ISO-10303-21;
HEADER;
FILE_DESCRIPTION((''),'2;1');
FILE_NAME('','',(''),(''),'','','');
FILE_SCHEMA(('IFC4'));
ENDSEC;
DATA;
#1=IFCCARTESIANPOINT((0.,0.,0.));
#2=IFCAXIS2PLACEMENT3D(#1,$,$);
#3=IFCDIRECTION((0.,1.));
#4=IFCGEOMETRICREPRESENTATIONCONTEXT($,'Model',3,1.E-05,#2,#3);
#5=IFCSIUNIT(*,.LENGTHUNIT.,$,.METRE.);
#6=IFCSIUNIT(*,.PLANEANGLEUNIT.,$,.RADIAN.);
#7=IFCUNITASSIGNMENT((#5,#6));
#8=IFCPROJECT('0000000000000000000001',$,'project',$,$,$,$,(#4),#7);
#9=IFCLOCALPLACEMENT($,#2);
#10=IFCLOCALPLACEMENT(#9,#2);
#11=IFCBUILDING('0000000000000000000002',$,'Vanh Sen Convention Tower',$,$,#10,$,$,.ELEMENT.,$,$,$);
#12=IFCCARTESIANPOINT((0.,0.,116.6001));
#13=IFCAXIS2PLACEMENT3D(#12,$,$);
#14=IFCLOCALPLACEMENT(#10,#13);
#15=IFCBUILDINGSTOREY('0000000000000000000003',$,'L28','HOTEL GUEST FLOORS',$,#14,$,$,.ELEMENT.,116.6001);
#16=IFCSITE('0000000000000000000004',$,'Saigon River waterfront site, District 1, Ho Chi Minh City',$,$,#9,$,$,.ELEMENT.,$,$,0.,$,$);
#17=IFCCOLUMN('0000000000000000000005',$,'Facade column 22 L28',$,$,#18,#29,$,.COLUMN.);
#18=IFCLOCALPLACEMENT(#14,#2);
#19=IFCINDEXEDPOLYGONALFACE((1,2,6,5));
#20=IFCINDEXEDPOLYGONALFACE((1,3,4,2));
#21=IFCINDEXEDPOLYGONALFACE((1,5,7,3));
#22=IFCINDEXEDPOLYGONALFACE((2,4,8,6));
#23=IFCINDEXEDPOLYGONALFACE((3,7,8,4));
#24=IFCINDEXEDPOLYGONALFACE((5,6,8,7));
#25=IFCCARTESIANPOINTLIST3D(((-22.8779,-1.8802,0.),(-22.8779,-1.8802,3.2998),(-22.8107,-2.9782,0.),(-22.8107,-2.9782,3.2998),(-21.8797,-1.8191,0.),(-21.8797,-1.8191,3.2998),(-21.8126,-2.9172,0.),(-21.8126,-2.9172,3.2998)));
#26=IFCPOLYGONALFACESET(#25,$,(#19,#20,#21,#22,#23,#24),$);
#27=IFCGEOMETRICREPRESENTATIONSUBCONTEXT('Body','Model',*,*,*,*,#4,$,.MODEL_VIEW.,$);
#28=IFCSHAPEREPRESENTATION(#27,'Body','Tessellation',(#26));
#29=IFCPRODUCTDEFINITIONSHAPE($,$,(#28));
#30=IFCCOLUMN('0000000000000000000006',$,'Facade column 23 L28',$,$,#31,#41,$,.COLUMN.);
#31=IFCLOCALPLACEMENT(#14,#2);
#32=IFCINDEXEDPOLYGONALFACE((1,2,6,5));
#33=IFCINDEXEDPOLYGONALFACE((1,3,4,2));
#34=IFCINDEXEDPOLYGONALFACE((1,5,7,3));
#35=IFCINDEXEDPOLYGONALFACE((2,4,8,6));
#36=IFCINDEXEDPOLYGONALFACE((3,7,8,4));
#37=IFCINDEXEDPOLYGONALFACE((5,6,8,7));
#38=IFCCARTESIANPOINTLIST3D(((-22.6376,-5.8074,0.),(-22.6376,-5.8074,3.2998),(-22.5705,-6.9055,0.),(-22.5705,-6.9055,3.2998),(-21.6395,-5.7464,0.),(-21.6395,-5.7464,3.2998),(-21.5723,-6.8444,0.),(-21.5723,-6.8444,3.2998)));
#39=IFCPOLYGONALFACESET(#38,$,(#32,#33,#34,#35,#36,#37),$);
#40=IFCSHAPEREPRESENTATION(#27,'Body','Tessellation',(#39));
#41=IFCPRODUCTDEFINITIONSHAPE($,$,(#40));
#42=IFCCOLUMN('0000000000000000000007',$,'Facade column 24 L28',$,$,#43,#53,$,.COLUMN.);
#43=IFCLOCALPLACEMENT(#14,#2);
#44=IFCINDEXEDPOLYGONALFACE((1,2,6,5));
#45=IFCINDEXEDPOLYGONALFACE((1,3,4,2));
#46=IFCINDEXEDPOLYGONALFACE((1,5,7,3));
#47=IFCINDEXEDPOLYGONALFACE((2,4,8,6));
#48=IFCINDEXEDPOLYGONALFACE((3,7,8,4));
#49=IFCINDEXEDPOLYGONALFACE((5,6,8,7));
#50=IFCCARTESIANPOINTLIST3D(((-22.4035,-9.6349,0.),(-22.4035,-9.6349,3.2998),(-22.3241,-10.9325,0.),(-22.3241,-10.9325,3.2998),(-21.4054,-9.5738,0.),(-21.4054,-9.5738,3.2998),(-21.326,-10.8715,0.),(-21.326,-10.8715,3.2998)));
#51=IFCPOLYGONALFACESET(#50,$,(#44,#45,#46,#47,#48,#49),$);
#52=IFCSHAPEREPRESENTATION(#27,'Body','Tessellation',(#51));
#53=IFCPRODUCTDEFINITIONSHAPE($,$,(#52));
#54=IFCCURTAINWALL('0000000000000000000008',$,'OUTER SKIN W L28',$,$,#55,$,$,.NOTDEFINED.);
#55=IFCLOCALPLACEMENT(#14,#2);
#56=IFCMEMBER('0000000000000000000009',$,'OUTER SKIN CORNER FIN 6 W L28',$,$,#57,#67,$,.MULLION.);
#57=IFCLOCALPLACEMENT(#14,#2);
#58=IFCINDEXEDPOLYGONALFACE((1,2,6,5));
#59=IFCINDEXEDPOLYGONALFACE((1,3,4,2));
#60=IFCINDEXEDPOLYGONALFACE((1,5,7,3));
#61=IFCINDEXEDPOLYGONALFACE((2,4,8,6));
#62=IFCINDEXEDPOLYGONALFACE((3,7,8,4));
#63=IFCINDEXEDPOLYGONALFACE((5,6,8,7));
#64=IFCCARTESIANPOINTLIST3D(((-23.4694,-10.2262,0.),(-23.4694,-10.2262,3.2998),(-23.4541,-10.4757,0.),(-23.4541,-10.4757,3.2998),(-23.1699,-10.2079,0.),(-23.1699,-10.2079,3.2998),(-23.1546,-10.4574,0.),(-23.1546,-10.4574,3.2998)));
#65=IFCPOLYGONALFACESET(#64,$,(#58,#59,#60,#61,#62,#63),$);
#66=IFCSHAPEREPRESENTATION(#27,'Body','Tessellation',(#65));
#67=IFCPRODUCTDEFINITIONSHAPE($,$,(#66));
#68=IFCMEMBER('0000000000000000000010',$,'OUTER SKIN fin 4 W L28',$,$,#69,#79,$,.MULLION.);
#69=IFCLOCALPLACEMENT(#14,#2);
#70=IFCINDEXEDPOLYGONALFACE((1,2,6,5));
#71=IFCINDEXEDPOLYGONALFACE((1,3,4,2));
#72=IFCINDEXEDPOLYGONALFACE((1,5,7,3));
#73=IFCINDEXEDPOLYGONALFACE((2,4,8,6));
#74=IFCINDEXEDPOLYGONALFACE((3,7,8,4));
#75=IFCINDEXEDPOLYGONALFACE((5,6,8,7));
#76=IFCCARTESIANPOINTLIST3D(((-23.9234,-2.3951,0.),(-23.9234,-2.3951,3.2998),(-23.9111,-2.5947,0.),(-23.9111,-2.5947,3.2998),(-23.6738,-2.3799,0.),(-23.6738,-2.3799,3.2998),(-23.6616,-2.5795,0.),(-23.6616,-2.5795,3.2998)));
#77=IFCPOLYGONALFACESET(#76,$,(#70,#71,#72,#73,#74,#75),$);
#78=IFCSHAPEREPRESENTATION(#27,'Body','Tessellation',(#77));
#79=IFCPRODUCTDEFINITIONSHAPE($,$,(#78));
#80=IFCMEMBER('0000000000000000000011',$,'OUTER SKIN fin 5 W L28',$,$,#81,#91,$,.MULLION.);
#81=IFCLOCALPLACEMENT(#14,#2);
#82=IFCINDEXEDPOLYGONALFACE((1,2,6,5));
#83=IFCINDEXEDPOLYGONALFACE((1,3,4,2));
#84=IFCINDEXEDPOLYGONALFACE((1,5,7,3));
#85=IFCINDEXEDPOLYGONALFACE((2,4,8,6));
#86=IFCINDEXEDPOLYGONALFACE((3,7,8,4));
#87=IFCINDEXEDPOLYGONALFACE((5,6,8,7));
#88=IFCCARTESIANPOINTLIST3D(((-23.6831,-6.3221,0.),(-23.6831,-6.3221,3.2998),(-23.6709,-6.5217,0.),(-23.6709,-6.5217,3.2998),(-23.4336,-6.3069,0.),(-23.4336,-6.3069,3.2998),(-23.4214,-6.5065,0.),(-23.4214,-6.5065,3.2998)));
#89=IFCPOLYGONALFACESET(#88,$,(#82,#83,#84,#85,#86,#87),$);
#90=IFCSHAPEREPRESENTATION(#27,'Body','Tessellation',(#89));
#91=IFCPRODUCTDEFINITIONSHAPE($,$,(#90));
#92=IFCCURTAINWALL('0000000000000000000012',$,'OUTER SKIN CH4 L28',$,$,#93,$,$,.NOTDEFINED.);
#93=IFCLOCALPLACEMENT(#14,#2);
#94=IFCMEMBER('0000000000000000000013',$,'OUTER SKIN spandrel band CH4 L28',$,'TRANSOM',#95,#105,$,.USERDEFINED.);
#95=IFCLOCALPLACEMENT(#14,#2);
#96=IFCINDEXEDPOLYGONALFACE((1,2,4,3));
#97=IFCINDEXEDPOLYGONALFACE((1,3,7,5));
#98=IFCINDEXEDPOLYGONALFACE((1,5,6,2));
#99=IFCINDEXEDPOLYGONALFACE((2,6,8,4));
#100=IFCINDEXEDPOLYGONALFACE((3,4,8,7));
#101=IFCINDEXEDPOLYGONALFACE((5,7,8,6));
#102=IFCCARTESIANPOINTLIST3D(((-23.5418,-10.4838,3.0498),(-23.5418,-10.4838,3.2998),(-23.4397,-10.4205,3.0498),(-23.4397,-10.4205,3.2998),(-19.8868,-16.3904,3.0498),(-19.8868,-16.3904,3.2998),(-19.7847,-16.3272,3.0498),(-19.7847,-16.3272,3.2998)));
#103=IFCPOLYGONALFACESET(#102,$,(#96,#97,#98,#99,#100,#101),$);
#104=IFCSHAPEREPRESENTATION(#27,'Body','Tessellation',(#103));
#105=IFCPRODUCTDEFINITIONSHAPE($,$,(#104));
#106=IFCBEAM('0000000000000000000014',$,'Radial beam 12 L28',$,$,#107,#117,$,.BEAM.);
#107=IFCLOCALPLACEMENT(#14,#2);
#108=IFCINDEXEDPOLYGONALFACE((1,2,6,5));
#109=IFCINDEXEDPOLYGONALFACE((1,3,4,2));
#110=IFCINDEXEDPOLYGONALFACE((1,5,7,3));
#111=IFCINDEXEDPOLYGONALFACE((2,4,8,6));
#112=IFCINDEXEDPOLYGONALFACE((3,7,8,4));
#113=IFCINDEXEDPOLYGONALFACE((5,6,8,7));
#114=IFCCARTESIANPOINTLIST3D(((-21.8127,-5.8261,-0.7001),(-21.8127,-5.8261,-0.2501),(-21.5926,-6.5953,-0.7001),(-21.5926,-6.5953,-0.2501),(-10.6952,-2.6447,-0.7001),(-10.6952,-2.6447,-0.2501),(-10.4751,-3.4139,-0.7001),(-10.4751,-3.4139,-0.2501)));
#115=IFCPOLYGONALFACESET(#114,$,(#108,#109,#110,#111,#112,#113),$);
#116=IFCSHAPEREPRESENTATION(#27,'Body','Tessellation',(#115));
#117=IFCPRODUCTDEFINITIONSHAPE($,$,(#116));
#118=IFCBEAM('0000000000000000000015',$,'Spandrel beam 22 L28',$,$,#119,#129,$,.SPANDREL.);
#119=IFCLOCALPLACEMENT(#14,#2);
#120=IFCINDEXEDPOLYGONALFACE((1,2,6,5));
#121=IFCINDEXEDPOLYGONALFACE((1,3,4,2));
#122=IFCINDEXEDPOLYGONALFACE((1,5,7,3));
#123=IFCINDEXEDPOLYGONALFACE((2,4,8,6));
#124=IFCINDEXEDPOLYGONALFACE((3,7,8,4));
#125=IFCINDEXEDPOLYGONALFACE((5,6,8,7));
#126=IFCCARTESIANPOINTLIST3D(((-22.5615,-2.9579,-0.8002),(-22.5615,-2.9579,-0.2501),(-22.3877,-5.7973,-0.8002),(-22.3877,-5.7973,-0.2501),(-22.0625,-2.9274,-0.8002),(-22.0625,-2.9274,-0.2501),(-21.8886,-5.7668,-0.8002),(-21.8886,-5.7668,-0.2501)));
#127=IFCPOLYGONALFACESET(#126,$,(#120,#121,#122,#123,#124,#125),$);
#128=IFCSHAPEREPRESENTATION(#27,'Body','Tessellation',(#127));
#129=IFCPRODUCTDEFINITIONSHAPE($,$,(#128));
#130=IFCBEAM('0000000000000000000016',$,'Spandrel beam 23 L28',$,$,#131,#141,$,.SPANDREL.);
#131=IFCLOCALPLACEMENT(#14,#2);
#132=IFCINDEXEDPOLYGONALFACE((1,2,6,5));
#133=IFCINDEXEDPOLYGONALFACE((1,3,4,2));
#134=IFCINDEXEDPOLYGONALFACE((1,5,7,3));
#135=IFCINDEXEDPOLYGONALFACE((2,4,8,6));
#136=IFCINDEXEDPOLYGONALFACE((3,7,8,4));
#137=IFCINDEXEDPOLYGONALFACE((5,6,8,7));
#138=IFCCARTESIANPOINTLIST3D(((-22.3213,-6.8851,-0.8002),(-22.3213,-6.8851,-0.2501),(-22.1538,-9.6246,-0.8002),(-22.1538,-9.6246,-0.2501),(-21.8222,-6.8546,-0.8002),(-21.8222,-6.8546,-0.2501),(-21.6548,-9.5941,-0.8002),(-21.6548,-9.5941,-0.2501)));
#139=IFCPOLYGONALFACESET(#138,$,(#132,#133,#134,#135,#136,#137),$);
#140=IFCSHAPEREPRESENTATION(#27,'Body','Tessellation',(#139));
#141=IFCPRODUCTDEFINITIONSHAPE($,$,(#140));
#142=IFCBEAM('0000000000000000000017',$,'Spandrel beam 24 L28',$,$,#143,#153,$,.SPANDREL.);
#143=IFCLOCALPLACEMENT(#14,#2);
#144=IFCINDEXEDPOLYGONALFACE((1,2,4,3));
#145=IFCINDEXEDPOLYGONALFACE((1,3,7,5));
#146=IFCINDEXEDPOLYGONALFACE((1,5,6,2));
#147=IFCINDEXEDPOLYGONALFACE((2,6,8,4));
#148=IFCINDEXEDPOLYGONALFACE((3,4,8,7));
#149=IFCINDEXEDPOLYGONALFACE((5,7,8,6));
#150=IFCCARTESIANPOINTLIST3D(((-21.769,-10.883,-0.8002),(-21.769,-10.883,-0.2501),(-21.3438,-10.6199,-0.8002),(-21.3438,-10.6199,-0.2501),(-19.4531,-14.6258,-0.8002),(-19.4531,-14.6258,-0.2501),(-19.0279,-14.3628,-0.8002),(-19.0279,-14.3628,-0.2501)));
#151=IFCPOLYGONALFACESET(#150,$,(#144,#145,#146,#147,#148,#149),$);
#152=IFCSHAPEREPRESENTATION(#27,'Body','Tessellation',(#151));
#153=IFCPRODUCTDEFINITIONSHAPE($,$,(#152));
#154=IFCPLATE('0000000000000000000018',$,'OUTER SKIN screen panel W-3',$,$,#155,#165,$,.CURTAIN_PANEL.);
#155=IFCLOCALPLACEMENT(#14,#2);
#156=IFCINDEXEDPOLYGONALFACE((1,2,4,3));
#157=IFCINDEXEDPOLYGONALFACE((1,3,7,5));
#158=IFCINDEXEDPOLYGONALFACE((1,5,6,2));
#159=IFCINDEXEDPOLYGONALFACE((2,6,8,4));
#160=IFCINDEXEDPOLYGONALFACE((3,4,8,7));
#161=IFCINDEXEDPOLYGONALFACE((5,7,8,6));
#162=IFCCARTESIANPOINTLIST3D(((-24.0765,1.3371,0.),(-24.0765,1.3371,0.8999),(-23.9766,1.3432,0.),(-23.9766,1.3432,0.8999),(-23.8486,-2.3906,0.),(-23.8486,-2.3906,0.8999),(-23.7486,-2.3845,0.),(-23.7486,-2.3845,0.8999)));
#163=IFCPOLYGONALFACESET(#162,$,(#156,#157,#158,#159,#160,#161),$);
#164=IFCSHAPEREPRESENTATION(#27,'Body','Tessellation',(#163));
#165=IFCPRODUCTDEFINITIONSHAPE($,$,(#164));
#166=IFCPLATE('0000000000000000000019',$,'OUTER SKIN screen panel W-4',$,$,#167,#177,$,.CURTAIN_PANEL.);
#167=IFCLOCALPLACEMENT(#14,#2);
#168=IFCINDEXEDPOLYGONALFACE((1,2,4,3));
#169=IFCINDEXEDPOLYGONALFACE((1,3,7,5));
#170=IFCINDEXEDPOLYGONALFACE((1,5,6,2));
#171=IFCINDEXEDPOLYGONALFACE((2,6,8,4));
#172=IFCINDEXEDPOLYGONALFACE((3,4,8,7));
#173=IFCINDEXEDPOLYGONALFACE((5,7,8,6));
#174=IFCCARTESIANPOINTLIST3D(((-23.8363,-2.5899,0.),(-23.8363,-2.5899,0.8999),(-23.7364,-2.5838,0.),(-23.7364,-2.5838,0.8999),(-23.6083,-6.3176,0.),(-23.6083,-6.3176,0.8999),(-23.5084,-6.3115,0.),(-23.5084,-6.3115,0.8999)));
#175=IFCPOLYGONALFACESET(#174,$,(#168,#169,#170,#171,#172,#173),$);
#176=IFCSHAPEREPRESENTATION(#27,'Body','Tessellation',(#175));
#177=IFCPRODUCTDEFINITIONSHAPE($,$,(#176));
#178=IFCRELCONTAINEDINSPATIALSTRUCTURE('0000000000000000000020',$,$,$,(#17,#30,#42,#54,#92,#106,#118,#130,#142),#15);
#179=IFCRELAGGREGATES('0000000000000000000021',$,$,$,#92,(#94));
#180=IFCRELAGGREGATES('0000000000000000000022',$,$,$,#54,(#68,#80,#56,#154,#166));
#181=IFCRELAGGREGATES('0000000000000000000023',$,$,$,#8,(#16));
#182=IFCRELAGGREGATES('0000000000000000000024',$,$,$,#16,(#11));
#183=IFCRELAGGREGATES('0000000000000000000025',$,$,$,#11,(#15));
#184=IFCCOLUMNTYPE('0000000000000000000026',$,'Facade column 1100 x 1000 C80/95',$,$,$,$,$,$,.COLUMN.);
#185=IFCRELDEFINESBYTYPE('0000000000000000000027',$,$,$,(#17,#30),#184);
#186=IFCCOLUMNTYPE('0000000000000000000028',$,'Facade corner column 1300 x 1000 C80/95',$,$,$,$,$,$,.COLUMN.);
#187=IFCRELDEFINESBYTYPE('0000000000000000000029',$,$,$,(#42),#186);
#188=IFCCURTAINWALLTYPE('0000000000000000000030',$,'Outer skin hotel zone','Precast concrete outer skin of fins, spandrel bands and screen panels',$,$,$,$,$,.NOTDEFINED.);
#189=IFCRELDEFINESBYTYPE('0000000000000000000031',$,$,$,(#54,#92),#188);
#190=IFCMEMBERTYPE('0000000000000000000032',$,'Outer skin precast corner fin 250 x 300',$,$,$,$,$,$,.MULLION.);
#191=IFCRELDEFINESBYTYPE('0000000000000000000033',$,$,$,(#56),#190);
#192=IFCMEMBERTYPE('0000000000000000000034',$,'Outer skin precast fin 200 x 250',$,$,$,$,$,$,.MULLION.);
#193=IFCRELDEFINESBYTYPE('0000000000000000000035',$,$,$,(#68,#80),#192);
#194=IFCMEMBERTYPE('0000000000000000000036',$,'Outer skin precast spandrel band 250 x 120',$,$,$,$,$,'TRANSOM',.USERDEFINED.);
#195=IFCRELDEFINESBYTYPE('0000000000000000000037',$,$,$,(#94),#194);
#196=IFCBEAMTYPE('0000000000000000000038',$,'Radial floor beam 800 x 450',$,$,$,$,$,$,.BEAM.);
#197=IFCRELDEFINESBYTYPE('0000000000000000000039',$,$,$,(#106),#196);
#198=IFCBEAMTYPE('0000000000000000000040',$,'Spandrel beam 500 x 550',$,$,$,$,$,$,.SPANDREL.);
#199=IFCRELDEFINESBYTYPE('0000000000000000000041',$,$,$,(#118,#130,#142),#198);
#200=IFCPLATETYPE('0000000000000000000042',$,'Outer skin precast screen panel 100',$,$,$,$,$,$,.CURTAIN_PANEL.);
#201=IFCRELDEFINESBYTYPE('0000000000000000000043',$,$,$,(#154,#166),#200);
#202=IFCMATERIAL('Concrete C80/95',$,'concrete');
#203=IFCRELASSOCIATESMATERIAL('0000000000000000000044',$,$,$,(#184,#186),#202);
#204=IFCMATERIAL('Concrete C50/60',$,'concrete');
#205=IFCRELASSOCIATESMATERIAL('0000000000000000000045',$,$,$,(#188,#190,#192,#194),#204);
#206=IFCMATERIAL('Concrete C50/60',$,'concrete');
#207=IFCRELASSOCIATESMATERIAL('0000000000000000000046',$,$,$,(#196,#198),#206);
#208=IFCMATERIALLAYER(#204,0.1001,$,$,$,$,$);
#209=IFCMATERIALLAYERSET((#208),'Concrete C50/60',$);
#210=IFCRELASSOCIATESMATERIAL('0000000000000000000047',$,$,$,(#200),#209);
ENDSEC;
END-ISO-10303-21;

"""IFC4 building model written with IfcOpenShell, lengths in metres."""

from ifc_helpers import new_model, si_unit, direction, frame, origin, origin_2d, place, context, subcontext, project, spatial, rectangle, extrude, material, layer, layer_set, material_profile, profile_set, type_object, element, aggregate, save


model = new_model("IFC4")

# Units and contexts
model_context = context("Model", 3, precision=1e-05, world=origin(), true_north=direction((0.0, 1.0)))
body_context = subcontext(model_context, "Body", "Model", "MODEL_VIEW")
ifc_project = project(units=[si_unit("LENGTHUNIT", "METRE"), si_unit("PLANEANGLEUNIT", "RADIAN")], contexts=[model_context])

# Site, building, storey
site_placement = place(None, origin())
site = spatial("IfcSite", under=ifc_project, at=site_placement, Name="Saigon River waterfront site, District 1, Ho Chi Minh City", CompositionType="ELEMENT", RefElevation=0.0)
building_placement = place(site_placement, origin())
building = spatial("IfcBuilding", under=site, at=building_placement, Name="Vanh Sen Convention Tower", CompositionType="ELEMENT")
storey_placement = place(building_placement, frame((0.0, 0.0, 116.6001)))
storey = spatial("IfcBuildingStorey", under=building, at=storey_placement, Name="L28", Description="HOTEL GUEST FLOORS", CompositionType="ELEMENT", Elevation=116.6001)

# Columns
ifc_material_1 = material(Name="Concrete C80/95", Category="concrete")
ifc_material_profile_1 = material_profile(ifc_material_1, rectangle(XDim=1.1001, YDim=1.0, at=origin_2d()), Name="RC 1100X1000")
ifc_profile_set_1 = profile_set([ifc_material_profile_1], Name="Concrete C80/95")
column_type_1 = type_object("IfcColumnType", Name="Facade column 1100 x 1000 C80/95", PredefinedType="COLUMN", material=ifc_profile_set_1)
for number, where, z_axis, x_axis, name in (
    (1, (-22.3452, -2.3987, 0.0), (0.0, 0.0, 1.0), (0.061049, -0.998135, 0.0), "Facade column 22 L28"),
    (2, (-22.105, -6.3259, 0.0), (0.0, 0.0, 1.0), (0.061049, -0.998135, 0.0), "Facade column 23 L28"),
):
    element("IfcColumn", number, at=place(storey_placement, frame(where, z_axis=z_axis, x_axis=x_axis)), inside=storey, type_object=column_type_1, Name=name, PredefinedType="COLUMN", context=body_context, shape_type="SweptSolid", body=[
        extrude(rectangle(XDim=1.1001, YDim=1.0, at=origin_2d()), origin(), (0.0, 0.0, 1.0), 3.2998),
    ])
ifc_material_profile_2 = material_profile(ifc_material_1, rectangle(XDim=1.3, YDim=1.0, at=origin_2d()), Name="RC 1300X1000")
ifc_profile_set_2 = profile_set([ifc_material_profile_2], Name="Concrete C80/95")
column_type_2 = type_object("IfcColumnType", Name="Facade corner column 1300 x 1000 C80/95", PredefinedType="COLUMN", material=ifc_profile_set_2)
column_placement = place(storey_placement, frame((-21.8647, -10.2532, 0.0), z_axis=(0.0, 0.0, 1.0), x_axis=(0.061049, -0.998135, 0.0)))
element("IfcColumn", 3, at=column_placement, inside=storey, type_object=column_type_2, Name="Facade column 24 L28", PredefinedType="COLUMN", context=body_context, shape_type="SweptSolid", body=[
    extrude(rectangle(XDim=1.3, YDim=1.0, at=origin_2d()), origin(), (0.0, 0.0, 1.0), 3.2998),
])

# Curtain wall, members
ifc_material_2 = material(Name="Concrete C50/60", Category="concrete")
curtain_wall_type = type_object("IfcCurtainWallType", Name="Outer skin hotel zone", Description="Precast concrete outer skin of fins, spandrel bands and screen panels", PredefinedType="NOTDEFINED", material=ifc_material_2)
curtain_wall_1_placement = place(storey_placement, origin())
curtain_wall_1 = element("IfcCurtainWall", 4, at=curtain_wall_1_placement, inside=storey, type_object=curtain_wall_type, Name="OUTER SKIN W L28", PredefinedType="NOTDEFINED")
ifc_material_profile_3 = material_profile(ifc_material_2, rectangle(XDim=0.25, YDim=0.3, at=origin_2d()), Name="Outer skin precast corner fin 250 x 300")
ifc_profile_set_3 = profile_set([ifc_material_profile_3], Name="Concrete C50/60")
member_type_1 = type_object("IfcMemberType", Name="Outer skin precast corner fin 250 x 300", PredefinedType="MULLION", material=ifc_profile_set_3)
member_1_placement = place(storey_placement, frame((-23.312, -10.3418, 0.0), z_axis=(0.0, 0.0, 1.0), x_axis=(0.061049, -0.998135, 0.0)))
member_1 = element("IfcMember", 5, at=member_1_placement, type_object=member_type_1, Name="OUTER SKIN CORNER FIN 6 W L28", PredefinedType="MULLION", context=body_context, shape_type="SweptSolid", body=[
    extrude(rectangle(XDim=0.25, YDim=0.3, at=origin_2d()), origin(), (0.0, 0.0, 1.0), 3.2998),
])
ifc_material_profile_4 = material_profile(ifc_material_2, rectangle(XDim=0.2, YDim=0.25, at=origin_2d()), Name="Outer skin precast fin 200 x 250")
ifc_profile_set_4 = profile_set([ifc_material_profile_4], Name="Concrete C50/60")
member_type_2 = type_object("IfcMemberType", Name="Outer skin precast fin 200 x 250", PredefinedType="MULLION", material=ifc_profile_set_4)
member_2_placement = place(storey_placement, frame((-23.7925, -2.4873, 0.0), z_axis=(0.0, 0.0, 1.0), x_axis=(0.061049, -0.998135, 0.0)))
member_2 = element("IfcMember", 6, at=member_2_placement, type_object=member_type_2, Name="OUTER SKIN fin 4 W L28", PredefinedType="MULLION", context=body_context, shape_type="SweptSolid", body=[
    extrude(rectangle(XDim=0.2, YDim=0.25, at=origin_2d()), origin(), (0.0, 0.0, 1.0), 3.2998),
])
member_3_placement = place(storey_placement, frame((-23.5522, -6.4143, 0.0), z_axis=(0.0, 0.0, 1.0), x_axis=(0.061049, -0.998135, 0.0)))
member_3 = element("IfcMember", 7, at=member_3_placement, type_object=member_type_2, Name="OUTER SKIN fin 5 W L28", PredefinedType="MULLION", context=body_context, shape_type="SweptSolid", body=[
    extrude(rectangle(XDim=0.2, YDim=0.25, at=origin_2d()), origin(), (0.0, 0.0, 1.0), 3.2998),
])

# Curtain wall, member
curtain_wall_2_placement = place(storey_placement, origin())
curtain_wall_2 = element("IfcCurtainWall", 8, at=curtain_wall_2_placement, inside=storey, type_object=curtain_wall_type, Name="OUTER SKIN CH4 L28", PredefinedType="NOTDEFINED")
ifc_material_profile_5 = material_profile(ifc_material_2, rectangle(XDim=0.1201, YDim=0.25, at=origin_2d()), Name="Outer skin precast spandrel band 250 x 120")
ifc_profile_set_5 = profile_set([ifc_material_profile_5], Name="Concrete C50/60")
member_type_3 = type_object("IfcMemberType", Name="Outer skin precast spandrel band 250 x 120", ElementType="TRANSOM", PredefinedType="USERDEFINED", material=ifc_profile_set_5)
member_4_placement = place(storey_placement, frame((-23.4907, -10.4521, 3.1748), z_axis=(0.526196, -0.850363, 0.0), x_axis=(0.850363, 0.526196, 0.0)))
member_4 = element("IfcMember", 9, at=member_4_placement, type_object=member_type_3, Name="OUTER SKIN spandrel band CH4 L28", ObjectType="TRANSOM", PredefinedType="USERDEFINED", context=body_context, shape_type="SweptSolid", body=[
    extrude(rectangle(XDim=0.1201, YDim=0.25, at=origin_2d()), origin(), (0.0, 0.0, 1.0), 6.946),
])
aggregate(curtain_wall_2, [member_4])

# Beams
ifc_material_3 = material(Name="Concrete C50/60", Category="concrete")
ifc_material_profile_6 = material_profile(ifc_material_3, rectangle(XDim=0.8, YDim=0.45, at=origin_2d()), Name="RC 800X450")
ifc_profile_set_6 = profile_set([ifc_material_profile_6], Name="Concrete C50/60")
beam_type_1 = type_object("IfcBeamType", Name="Radial floor beam 800 x 450", PredefinedType="BEAM", material=ifc_profile_set_6)
beam_1_placement = place(storey_placement, frame((-21.7026, -6.2107, -0.4751), z_axis=(0.96141, 0.27512, 0.0), x_axis=(-0.27512, 0.96141, 0.0)))
element("IfcBeam", 10, at=beam_1_placement, inside=storey, type_object=beam_type_1, Name="Radial beam 12 L28", PredefinedType="BEAM", context=body_context, shape_type="SweptSolid", body=[
    extrude(rectangle(XDim=0.8, YDim=0.45, at=origin_2d()), origin(), (0.0, 0.0, 1.0), 11.5637),
])
ifc_material_profile_7 = material_profile(ifc_material_3, rectangle(XDim=0.5, YDim=0.55, at=origin_2d()), Name="RC 500X550")
ifc_profile_set_7 = profile_set([ifc_material_profile_7], Name="Concrete C50/60")
beam_type_2 = type_object("IfcBeamType", Name="Spandrel beam 500 x 550", PredefinedType="SPANDREL", material=ifc_profile_set_7)
beam_2_placement = place(storey_placement, frame((-22.312, -2.9426, -0.5251), z_axis=(0.061107, -0.998131, 0.0), x_axis=(0.998131, 0.061107, 0.0)))
element("IfcBeam", 11, at=beam_2_placement, inside=storey, type_object=beam_type_2, Name="Spandrel beam 22 L28", PredefinedType="SPANDREL", context=body_context, shape_type="SweptSolid", body=[
    extrude(rectangle(XDim=0.5, YDim=0.55, at=origin_2d()), origin(), (0.0, 0.0, 1.0), 2.8447),
])
beam_3_placement = place(storey_placement, frame((-22.0718, -6.8699, -0.5251), z_axis=(0.061021, -0.998136, 0.0), x_axis=(0.998136, 0.061021, 0.0)))
element("IfcBeam", 12, at=beam_3_placement, inside=storey, type_object=beam_type_2, Name="Spandrel beam 23 L28", PredefinedType="SPANDREL", context=body_context, shape_type="SweptSolid", body=[
    extrude(rectangle(XDim=0.5, YDim=0.55, at=origin_2d()), origin(), (0.0, 0.0, 1.0), 2.7446),
])
beam_4_placement = place(storey_placement, frame((-21.5564, -10.7515, -0.5251), z_axis=(0.526169, -0.85038, 0.0), x_axis=(0.85038, 0.526169, 0.0)))
element("IfcBeam", 13, at=beam_4_placement, inside=storey, type_object=beam_type_2, Name="Spandrel beam 24 L28", PredefinedType="SPANDREL", context=body_context, shape_type="SweptSolid", body=[
    extrude(rectangle(XDim=0.5, YDim=0.55, at=origin_2d()), origin(), (0.0, 0.0, 1.0), 4.4014),
])

# Plates
ifc_layer_1 = layer(ifc_material_2, 0.1001)
ifc_layer_set_1 = layer_set([ifc_layer_1], Name="Concrete C50/60")
plate_type = type_object("IfcPlateType", Name="Outer skin precast screen panel 100", PredefinedType="CURTAIN_PANEL", material=ifc_layer_set_1)
plate_1_placement = place(storey_placement, frame((-23.9126, -0.5237, 0.0), z_axis=(0.0, 0.0, 1.0), x_axis=(0.061047, -0.998135, 0.0)))
plate_1 = element("IfcPlate", 14, at=plate_1_placement, type_object=plate_type, Name="OUTER SKIN screen panel W-3", PredefinedType="CURTAIN_PANEL", context=body_context, shape_type="SweptSolid", body=[
    extrude(rectangle(XDim=3.7346, YDim=0.1001, at=origin_2d()), origin(), (0.0, 0.0, 1.0), 0.8999),
])
plate_2_placement = place(storey_placement, frame((-23.6724, -4.4507, 0.0), z_axis=(0.0, 0.0, 1.0), x_axis=(0.061049, -0.998135, 0.0)))
plate_2 = element("IfcPlate", 15, at=plate_2_placement, type_object=plate_type, Name="OUTER SKIN screen panel W-4", PredefinedType="CURTAIN_PANEL", context=body_context, shape_type="SweptSolid", body=[
    extrude(rectangle(XDim=3.7346, YDim=0.1001, at=origin_2d()), origin(), (0.0, 0.0, 1.0), 0.8999),
])
aggregate(curtain_wall_1, [member_2, member_3, member_1, plate_1, plate_2])

save(model, "model.ifc")
